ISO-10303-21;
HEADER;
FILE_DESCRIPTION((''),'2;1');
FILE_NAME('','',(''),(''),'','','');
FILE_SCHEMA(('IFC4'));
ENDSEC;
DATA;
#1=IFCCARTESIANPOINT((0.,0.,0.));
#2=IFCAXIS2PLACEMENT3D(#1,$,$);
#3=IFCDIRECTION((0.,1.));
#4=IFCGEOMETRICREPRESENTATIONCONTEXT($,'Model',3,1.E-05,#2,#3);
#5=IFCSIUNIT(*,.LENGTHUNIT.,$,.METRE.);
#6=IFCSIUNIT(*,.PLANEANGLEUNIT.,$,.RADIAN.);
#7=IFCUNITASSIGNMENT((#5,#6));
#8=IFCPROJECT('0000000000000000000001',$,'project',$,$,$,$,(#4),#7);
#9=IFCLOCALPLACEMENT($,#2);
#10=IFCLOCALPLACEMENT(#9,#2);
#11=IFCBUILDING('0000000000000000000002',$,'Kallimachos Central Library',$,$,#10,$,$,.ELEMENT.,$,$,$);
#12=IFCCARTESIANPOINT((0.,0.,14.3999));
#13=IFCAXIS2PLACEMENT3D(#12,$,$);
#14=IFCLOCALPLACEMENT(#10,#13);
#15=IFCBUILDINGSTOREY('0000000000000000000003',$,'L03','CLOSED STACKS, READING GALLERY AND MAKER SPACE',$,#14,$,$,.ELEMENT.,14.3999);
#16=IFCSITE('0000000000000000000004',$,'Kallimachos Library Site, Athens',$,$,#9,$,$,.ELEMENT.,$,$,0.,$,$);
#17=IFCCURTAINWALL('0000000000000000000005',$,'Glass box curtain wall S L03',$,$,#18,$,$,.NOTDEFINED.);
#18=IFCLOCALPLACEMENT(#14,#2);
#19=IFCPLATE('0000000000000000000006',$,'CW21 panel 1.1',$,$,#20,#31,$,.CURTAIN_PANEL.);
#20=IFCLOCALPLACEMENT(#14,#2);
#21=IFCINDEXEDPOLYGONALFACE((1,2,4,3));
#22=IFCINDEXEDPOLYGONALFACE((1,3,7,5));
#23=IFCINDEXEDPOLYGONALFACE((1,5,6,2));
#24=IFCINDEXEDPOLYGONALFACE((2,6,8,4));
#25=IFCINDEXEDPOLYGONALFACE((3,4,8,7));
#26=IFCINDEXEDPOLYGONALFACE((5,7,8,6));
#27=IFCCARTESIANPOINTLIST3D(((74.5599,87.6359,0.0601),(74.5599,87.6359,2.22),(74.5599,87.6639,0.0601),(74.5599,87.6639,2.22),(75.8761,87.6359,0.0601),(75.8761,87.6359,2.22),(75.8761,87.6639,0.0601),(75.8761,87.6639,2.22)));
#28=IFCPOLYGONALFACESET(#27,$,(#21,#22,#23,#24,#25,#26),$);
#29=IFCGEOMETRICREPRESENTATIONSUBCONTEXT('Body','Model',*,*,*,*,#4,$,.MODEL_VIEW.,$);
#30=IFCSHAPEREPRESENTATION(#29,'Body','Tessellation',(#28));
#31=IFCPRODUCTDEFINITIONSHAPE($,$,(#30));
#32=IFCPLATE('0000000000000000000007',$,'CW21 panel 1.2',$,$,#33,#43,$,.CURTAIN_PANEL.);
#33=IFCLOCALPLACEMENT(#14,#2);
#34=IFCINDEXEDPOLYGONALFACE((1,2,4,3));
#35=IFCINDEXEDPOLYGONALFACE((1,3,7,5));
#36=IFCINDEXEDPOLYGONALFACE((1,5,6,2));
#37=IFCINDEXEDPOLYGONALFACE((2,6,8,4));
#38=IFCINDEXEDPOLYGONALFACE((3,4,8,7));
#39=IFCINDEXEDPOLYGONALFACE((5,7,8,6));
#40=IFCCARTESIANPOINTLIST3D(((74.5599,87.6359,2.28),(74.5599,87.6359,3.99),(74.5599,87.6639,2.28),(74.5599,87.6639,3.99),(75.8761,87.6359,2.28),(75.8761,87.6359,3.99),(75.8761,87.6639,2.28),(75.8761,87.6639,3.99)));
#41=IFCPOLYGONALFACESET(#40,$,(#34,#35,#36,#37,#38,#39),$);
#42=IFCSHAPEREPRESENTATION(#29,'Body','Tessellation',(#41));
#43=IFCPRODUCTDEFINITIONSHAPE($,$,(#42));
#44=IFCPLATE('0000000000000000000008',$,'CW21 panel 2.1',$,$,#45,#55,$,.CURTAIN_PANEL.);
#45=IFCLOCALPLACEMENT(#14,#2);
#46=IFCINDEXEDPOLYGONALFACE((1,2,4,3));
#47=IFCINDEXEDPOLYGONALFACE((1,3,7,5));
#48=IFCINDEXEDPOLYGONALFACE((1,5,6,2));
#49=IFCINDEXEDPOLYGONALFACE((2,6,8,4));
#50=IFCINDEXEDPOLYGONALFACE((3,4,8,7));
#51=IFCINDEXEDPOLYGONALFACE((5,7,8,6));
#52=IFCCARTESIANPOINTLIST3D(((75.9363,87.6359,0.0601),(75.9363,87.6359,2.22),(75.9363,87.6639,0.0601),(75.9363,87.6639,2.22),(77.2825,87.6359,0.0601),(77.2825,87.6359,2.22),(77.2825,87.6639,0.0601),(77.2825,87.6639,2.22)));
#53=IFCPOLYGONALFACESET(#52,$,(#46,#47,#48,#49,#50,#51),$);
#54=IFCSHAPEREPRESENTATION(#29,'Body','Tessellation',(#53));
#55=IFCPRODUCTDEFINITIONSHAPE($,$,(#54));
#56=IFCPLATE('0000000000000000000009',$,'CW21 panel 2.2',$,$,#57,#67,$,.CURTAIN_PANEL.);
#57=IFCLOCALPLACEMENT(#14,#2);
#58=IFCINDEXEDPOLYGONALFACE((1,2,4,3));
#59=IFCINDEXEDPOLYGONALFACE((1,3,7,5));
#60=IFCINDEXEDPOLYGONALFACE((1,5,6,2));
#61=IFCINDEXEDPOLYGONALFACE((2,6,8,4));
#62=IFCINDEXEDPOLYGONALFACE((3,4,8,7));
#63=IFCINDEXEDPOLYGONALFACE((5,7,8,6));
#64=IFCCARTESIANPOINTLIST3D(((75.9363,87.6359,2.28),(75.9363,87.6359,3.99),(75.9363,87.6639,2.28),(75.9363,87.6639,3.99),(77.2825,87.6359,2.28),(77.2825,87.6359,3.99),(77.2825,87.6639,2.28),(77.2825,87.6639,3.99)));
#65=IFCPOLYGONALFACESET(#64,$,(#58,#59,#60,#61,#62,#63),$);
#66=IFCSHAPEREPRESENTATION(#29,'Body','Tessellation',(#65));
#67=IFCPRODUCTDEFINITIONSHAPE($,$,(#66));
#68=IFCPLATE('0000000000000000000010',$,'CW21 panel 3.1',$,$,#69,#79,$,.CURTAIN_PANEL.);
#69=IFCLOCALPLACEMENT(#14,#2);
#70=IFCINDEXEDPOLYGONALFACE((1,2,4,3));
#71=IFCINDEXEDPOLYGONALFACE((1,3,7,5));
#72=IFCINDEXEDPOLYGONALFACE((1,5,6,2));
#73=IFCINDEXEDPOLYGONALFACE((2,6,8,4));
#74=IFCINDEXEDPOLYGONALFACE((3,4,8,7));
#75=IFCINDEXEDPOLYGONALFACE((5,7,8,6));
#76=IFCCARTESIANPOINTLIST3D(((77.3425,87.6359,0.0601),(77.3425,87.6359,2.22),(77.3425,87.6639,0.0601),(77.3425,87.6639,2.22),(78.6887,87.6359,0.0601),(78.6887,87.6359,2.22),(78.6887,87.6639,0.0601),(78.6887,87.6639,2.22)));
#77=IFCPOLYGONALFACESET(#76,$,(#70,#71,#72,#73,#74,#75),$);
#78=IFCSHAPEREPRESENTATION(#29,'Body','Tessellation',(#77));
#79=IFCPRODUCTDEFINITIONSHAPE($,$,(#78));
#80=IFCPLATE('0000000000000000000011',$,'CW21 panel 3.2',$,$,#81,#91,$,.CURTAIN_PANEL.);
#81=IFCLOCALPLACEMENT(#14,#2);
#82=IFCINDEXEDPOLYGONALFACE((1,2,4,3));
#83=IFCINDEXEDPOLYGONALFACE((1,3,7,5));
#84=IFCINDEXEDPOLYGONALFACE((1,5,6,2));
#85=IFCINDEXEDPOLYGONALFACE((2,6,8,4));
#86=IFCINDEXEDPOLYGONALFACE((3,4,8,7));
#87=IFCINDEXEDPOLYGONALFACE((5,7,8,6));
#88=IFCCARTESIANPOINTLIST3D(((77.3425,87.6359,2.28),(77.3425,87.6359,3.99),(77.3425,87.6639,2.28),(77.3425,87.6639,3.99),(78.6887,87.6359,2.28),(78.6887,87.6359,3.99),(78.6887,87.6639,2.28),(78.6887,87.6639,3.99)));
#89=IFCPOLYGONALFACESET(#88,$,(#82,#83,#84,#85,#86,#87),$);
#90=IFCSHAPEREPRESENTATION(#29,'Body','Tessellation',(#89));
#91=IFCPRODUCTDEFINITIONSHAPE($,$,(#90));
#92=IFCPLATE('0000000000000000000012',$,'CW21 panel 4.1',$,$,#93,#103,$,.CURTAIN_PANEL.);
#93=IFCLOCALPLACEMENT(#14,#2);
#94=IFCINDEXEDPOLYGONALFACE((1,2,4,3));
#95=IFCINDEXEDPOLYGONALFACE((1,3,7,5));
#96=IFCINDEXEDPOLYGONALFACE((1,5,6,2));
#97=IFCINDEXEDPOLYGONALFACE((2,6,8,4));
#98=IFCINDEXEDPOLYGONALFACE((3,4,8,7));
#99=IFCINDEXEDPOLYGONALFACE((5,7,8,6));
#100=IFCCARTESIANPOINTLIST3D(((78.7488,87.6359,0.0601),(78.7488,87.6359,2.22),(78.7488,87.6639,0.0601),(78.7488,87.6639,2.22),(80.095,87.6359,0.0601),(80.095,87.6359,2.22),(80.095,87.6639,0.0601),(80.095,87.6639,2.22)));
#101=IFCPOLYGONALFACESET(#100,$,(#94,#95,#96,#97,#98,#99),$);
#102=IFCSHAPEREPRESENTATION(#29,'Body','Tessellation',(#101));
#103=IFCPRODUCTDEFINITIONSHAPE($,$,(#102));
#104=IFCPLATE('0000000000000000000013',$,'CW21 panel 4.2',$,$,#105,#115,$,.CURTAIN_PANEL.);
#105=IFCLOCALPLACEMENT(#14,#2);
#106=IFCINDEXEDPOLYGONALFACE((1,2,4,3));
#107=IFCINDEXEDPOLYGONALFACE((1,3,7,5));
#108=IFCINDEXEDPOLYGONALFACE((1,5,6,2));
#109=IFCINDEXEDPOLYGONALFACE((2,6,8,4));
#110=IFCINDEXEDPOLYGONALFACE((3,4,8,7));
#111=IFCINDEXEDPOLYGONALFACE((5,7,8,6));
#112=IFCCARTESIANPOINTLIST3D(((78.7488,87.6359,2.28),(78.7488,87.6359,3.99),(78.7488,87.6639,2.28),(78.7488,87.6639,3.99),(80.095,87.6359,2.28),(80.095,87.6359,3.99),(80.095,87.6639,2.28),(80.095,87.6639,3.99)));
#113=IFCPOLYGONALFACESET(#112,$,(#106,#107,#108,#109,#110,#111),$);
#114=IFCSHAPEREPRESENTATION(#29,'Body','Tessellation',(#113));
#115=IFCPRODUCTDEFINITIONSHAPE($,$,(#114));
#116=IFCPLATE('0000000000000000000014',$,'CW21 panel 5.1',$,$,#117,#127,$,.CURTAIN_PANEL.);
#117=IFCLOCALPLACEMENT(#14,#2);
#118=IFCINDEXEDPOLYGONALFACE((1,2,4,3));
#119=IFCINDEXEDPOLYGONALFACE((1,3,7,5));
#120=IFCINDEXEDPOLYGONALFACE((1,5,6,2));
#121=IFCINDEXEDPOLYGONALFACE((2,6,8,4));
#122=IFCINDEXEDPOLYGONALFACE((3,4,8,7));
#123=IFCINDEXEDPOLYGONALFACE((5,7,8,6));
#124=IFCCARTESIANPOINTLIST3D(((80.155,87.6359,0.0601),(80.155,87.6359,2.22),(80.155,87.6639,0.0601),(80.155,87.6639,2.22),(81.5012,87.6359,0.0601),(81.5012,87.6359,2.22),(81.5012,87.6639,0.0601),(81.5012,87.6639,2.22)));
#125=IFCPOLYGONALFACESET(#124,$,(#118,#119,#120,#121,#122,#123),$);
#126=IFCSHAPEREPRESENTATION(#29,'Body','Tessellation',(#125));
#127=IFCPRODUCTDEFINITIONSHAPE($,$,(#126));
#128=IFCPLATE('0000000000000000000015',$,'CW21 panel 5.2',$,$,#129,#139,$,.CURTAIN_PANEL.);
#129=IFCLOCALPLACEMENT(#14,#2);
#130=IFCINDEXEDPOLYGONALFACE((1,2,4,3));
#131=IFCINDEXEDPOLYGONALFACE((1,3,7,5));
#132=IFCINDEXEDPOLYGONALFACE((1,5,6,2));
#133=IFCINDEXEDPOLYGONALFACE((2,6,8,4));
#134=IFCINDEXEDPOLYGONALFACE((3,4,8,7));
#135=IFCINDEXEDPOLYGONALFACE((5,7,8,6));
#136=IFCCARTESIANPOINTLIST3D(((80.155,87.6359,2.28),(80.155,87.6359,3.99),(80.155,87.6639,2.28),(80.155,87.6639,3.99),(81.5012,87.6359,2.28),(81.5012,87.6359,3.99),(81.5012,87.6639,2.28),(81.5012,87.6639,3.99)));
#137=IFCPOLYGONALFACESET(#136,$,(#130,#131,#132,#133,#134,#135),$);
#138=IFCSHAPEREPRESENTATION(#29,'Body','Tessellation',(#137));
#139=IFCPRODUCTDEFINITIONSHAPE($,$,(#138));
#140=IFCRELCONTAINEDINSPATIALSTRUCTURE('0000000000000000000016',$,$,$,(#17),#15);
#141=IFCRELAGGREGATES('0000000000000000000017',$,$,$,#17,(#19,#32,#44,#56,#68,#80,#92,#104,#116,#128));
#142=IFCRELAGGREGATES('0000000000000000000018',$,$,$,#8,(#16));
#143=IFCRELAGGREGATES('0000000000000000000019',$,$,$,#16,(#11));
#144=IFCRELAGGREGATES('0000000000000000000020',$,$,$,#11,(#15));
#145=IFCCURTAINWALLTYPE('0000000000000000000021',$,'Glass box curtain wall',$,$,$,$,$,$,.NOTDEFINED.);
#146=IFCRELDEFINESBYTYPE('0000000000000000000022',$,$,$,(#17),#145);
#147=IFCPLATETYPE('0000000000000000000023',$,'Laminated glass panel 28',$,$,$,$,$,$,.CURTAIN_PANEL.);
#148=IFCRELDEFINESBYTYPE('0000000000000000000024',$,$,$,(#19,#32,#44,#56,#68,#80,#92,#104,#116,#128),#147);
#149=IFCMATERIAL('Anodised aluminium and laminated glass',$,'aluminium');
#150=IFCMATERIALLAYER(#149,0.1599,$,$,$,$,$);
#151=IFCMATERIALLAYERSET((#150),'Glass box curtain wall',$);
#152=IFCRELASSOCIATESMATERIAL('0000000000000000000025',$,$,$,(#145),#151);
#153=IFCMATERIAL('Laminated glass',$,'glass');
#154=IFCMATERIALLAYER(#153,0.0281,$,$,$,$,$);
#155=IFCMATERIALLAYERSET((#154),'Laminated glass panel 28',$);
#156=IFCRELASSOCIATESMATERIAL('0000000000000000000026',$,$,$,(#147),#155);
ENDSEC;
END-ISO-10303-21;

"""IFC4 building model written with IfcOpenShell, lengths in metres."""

from ifc_helpers import new_model, si_unit, direction, frame, origin, origin_2d, place, context, subcontext, project, spatial, rectangle, extrude, material, layer, layer_set, type_object, element, aggregate, save


model = new_model("IFC4")

# Units and contexts
model_context = context("Model", 3, precision=1e-05, world=origin(), true_north=direction((0.0, 1.0)))
body_context = subcontext(model_context, "Body", "Model", "MODEL_VIEW")
ifc_project = project(units=[si_unit("LENGTHUNIT", "METRE"), si_unit("PLANEANGLEUNIT", "RADIAN")], contexts=[model_context])

# Site, building, storey
site_placement = place(None, origin())
site = spatial("IfcSite", under=ifc_project, at=site_placement, Name="Kallimachos Library Site, Athens", CompositionType="ELEMENT", RefElevation=0.0)
building_placement = place(site_placement, origin())
building = spatial("IfcBuilding", under=site, at=building_placement, Name="Kallimachos Central Library", CompositionType="ELEMENT")
storey_placement = place(building_placement, frame((0.0, 0.0, 14.3999)))
storey = spatial("IfcBuildingStorey", under=building, at=storey_placement, Name="L03", Description="CLOSED STACKS, READING GALLERY AND MAKER SPACE", CompositionType="ELEMENT", Elevation=14.3999)

# Curtain wall
ifc_material_1 = material(Name="Anodised aluminium and laminated glass", Category="aluminium")
ifc_layer_1 = layer(ifc_material_1, 0.1599)
ifc_layer_set_1 = layer_set([ifc_layer_1], Name="Glass box curtain wall")
curtain_wall_type = type_object("IfcCurtainWallType", Name="Glass box curtain wall", PredefinedType="NOTDEFINED", material=ifc_layer_set_1)
curtain_wall_placement = place(storey_placement, origin())
curtain_wall = element("IfcCurtainWall", 1, at=curtain_wall_placement, inside=storey, type_object=curtain_wall_type, Name="Glass box curtain wall S L03", PredefinedType="NOTDEFINED")

# Plates
ifc_material_2 = material(Name="Laminated glass", Category="glass")
ifc_layer_2 = layer(ifc_material_2, 0.0281)
ifc_layer_set_2 = layer_set([ifc_layer_2], Name="Laminated glass panel 28")
plate_type = type_object("IfcPlateType", Name="Laminated glass panel 28", PredefinedType="CURTAIN_PANEL", material=ifc_layer_set_2)
plate_1_placement = place(storey_placement, frame((75.218, 87.6499, 0.0601), z_axis=(0.0, 0.0, 1.0), x_axis=(1.0, 0.0, 0.0)))
plate_1 = element("IfcPlate", 2, at=plate_1_placement, type_object=plate_type, Name="CW21 panel 1.1", PredefinedType="CURTAIN_PANEL", context=body_context, shape_type="SweptSolid", body=[
    extrude(rectangle(XDim=1.3162, YDim=0.0281, at=origin_2d()), origin(), (0.0, 0.0, 1.0), 2.1599),
])
plate_2_placement = place(storey_placement, frame((75.218, 87.6499, 2.28), z_axis=(0.0, 0.0, 1.0), x_axis=(1.0, 0.0, 0.0)))
plate_2 = element("IfcPlate", 3, at=plate_2_placement, type_object=plate_type, Name="CW21 panel 1.2", PredefinedType="CURTAIN_PANEL", context=body_context, shape_type="SweptSolid", body=[
    extrude(rectangle(XDim=1.3162, YDim=0.0281, at=origin_2d()), origin(), (0.0, 0.0, 1.0), 1.71),
])
plate_3_placement = place(storey_placement, frame((76.6094, 87.6499, 0.0601), z_axis=(0.0, 0.0, 1.0), x_axis=(1.0, 0.0, 0.0)))
plate_3 = element("IfcPlate", 4, at=plate_3_placement, type_object=plate_type, Name="CW21 panel 2.1", PredefinedType="CURTAIN_PANEL", context=body_context, shape_type="SweptSolid", body=[
    extrude(rectangle(XDim=1.3462, YDim=0.0281, at=origin_2d()), origin(), (0.0, 0.0, 1.0), 2.1599),
])
plate_4_placement = place(storey_placement, frame((76.6094, 87.6499, 2.28), z_axis=(0.0, 0.0, 1.0), x_axis=(1.0, 0.0, 0.0)))
plate_4 = element("IfcPlate", 5, at=plate_4_placement, type_object=plate_type, Name="CW21 panel 2.2", PredefinedType="CURTAIN_PANEL", context=body_context, shape_type="SweptSolid", body=[
    extrude(rectangle(XDim=1.3462, YDim=0.0281, at=origin_2d()), origin(), (0.0, 0.0, 1.0), 1.71),
])
plate_5_placement = place(storey_placement, frame((78.0156, 87.6499, 0.0601), z_axis=(0.0, 0.0, 1.0), x_axis=(1.0, 0.0, 0.0)))
plate_5 = element("IfcPlate", 6, at=plate_5_placement, type_object=plate_type, Name="CW21 panel 3.1", PredefinedType="CURTAIN_PANEL", context=body_context, shape_type="SweptSolid", body=[
    extrude(rectangle(XDim=1.3462, YDim=0.0281, at=origin_2d()), origin(), (0.0, 0.0, 1.0), 2.1599),
])
plate_6_placement = place(storey_placement, frame((78.0156, 87.6499, 2.28), z_axis=(0.0, 0.0, 1.0), x_axis=(1.0, 0.0, 0.0)))
plate_6 = element("IfcPlate", 7, at=plate_6_placement, type_object=plate_type, Name="CW21 panel 3.2", PredefinedType="CURTAIN_PANEL", context=body_context, shape_type="SweptSolid", body=[
    extrude(rectangle(XDim=1.3462, YDim=0.0281, at=origin_2d()), origin(), (0.0, 0.0, 1.0), 1.71),
])
plate_7_placement = place(storey_placement, frame((79.4219, 87.6499, 0.0601), z_axis=(0.0, 0.0, 1.0), x_axis=(1.0, 0.0, 0.0)))
plate_7 = element("IfcPlate", 8, at=plate_7_placement, type_object=plate_type, Name="CW21 panel 4.1", PredefinedType="CURTAIN_PANEL", context=body_context, shape_type="SweptSolid", body=[
    extrude(rectangle(XDim=1.3462, YDim=0.0281, at=origin_2d()), origin(), (0.0, 0.0, 1.0), 2.1599),
])
plate_8_placement = place(storey_placement, frame((79.4219, 87.6499, 2.28), z_axis=(0.0, 0.0, 1.0), x_axis=(1.0, 0.0, 0.0)))
plate_8 = element("IfcPlate", 9, at=plate_8_placement, type_object=plate_type, Name="CW21 panel 4.2", PredefinedType="CURTAIN_PANEL", context=body_context, shape_type="SweptSolid", body=[
    extrude(rectangle(XDim=1.3462, YDim=0.0281, at=origin_2d()), origin(), (0.0, 0.0, 1.0), 1.71),
])
plate_9_placement = place(storey_placement, frame((80.8281, 87.6499, 0.0601), z_axis=(0.0, 0.0, 1.0), x_axis=(1.0, 0.0, 0.0)))
plate_9 = element("IfcPlate", 10, at=plate_9_placement, type_object=plate_type, Name="CW21 panel 5.1", PredefinedType="CURTAIN_PANEL", context=body_context, shape_type="SweptSolid", body=[
    extrude(rectangle(XDim=1.3462, YDim=0.0281, at=origin_2d()), origin(), (0.0, 0.0, 1.0), 2.1599),
])
plate_10_placement = place(storey_placement, frame((80.8281, 87.6499, 2.28), z_axis=(0.0, 0.0, 1.0), x_axis=(1.0, 0.0, 0.0)))
plate_10 = element("IfcPlate", 11, at=plate_10_placement, type_object=plate_type, Name="CW21 panel 5.2", PredefinedType="CURTAIN_PANEL", context=body_context, shape_type="SweptSolid", body=[
    extrude(rectangle(XDim=1.3462, YDim=0.0281, at=origin_2d()), origin(), (0.0, 0.0, 1.0), 1.71),
])
aggregate(curtain_wall, [plate_1, plate_2, plate_3, plate_4, plate_5, plate_6, plate_7, plate_8, plate_9, plate_10])

save(model, "model.ifc")
